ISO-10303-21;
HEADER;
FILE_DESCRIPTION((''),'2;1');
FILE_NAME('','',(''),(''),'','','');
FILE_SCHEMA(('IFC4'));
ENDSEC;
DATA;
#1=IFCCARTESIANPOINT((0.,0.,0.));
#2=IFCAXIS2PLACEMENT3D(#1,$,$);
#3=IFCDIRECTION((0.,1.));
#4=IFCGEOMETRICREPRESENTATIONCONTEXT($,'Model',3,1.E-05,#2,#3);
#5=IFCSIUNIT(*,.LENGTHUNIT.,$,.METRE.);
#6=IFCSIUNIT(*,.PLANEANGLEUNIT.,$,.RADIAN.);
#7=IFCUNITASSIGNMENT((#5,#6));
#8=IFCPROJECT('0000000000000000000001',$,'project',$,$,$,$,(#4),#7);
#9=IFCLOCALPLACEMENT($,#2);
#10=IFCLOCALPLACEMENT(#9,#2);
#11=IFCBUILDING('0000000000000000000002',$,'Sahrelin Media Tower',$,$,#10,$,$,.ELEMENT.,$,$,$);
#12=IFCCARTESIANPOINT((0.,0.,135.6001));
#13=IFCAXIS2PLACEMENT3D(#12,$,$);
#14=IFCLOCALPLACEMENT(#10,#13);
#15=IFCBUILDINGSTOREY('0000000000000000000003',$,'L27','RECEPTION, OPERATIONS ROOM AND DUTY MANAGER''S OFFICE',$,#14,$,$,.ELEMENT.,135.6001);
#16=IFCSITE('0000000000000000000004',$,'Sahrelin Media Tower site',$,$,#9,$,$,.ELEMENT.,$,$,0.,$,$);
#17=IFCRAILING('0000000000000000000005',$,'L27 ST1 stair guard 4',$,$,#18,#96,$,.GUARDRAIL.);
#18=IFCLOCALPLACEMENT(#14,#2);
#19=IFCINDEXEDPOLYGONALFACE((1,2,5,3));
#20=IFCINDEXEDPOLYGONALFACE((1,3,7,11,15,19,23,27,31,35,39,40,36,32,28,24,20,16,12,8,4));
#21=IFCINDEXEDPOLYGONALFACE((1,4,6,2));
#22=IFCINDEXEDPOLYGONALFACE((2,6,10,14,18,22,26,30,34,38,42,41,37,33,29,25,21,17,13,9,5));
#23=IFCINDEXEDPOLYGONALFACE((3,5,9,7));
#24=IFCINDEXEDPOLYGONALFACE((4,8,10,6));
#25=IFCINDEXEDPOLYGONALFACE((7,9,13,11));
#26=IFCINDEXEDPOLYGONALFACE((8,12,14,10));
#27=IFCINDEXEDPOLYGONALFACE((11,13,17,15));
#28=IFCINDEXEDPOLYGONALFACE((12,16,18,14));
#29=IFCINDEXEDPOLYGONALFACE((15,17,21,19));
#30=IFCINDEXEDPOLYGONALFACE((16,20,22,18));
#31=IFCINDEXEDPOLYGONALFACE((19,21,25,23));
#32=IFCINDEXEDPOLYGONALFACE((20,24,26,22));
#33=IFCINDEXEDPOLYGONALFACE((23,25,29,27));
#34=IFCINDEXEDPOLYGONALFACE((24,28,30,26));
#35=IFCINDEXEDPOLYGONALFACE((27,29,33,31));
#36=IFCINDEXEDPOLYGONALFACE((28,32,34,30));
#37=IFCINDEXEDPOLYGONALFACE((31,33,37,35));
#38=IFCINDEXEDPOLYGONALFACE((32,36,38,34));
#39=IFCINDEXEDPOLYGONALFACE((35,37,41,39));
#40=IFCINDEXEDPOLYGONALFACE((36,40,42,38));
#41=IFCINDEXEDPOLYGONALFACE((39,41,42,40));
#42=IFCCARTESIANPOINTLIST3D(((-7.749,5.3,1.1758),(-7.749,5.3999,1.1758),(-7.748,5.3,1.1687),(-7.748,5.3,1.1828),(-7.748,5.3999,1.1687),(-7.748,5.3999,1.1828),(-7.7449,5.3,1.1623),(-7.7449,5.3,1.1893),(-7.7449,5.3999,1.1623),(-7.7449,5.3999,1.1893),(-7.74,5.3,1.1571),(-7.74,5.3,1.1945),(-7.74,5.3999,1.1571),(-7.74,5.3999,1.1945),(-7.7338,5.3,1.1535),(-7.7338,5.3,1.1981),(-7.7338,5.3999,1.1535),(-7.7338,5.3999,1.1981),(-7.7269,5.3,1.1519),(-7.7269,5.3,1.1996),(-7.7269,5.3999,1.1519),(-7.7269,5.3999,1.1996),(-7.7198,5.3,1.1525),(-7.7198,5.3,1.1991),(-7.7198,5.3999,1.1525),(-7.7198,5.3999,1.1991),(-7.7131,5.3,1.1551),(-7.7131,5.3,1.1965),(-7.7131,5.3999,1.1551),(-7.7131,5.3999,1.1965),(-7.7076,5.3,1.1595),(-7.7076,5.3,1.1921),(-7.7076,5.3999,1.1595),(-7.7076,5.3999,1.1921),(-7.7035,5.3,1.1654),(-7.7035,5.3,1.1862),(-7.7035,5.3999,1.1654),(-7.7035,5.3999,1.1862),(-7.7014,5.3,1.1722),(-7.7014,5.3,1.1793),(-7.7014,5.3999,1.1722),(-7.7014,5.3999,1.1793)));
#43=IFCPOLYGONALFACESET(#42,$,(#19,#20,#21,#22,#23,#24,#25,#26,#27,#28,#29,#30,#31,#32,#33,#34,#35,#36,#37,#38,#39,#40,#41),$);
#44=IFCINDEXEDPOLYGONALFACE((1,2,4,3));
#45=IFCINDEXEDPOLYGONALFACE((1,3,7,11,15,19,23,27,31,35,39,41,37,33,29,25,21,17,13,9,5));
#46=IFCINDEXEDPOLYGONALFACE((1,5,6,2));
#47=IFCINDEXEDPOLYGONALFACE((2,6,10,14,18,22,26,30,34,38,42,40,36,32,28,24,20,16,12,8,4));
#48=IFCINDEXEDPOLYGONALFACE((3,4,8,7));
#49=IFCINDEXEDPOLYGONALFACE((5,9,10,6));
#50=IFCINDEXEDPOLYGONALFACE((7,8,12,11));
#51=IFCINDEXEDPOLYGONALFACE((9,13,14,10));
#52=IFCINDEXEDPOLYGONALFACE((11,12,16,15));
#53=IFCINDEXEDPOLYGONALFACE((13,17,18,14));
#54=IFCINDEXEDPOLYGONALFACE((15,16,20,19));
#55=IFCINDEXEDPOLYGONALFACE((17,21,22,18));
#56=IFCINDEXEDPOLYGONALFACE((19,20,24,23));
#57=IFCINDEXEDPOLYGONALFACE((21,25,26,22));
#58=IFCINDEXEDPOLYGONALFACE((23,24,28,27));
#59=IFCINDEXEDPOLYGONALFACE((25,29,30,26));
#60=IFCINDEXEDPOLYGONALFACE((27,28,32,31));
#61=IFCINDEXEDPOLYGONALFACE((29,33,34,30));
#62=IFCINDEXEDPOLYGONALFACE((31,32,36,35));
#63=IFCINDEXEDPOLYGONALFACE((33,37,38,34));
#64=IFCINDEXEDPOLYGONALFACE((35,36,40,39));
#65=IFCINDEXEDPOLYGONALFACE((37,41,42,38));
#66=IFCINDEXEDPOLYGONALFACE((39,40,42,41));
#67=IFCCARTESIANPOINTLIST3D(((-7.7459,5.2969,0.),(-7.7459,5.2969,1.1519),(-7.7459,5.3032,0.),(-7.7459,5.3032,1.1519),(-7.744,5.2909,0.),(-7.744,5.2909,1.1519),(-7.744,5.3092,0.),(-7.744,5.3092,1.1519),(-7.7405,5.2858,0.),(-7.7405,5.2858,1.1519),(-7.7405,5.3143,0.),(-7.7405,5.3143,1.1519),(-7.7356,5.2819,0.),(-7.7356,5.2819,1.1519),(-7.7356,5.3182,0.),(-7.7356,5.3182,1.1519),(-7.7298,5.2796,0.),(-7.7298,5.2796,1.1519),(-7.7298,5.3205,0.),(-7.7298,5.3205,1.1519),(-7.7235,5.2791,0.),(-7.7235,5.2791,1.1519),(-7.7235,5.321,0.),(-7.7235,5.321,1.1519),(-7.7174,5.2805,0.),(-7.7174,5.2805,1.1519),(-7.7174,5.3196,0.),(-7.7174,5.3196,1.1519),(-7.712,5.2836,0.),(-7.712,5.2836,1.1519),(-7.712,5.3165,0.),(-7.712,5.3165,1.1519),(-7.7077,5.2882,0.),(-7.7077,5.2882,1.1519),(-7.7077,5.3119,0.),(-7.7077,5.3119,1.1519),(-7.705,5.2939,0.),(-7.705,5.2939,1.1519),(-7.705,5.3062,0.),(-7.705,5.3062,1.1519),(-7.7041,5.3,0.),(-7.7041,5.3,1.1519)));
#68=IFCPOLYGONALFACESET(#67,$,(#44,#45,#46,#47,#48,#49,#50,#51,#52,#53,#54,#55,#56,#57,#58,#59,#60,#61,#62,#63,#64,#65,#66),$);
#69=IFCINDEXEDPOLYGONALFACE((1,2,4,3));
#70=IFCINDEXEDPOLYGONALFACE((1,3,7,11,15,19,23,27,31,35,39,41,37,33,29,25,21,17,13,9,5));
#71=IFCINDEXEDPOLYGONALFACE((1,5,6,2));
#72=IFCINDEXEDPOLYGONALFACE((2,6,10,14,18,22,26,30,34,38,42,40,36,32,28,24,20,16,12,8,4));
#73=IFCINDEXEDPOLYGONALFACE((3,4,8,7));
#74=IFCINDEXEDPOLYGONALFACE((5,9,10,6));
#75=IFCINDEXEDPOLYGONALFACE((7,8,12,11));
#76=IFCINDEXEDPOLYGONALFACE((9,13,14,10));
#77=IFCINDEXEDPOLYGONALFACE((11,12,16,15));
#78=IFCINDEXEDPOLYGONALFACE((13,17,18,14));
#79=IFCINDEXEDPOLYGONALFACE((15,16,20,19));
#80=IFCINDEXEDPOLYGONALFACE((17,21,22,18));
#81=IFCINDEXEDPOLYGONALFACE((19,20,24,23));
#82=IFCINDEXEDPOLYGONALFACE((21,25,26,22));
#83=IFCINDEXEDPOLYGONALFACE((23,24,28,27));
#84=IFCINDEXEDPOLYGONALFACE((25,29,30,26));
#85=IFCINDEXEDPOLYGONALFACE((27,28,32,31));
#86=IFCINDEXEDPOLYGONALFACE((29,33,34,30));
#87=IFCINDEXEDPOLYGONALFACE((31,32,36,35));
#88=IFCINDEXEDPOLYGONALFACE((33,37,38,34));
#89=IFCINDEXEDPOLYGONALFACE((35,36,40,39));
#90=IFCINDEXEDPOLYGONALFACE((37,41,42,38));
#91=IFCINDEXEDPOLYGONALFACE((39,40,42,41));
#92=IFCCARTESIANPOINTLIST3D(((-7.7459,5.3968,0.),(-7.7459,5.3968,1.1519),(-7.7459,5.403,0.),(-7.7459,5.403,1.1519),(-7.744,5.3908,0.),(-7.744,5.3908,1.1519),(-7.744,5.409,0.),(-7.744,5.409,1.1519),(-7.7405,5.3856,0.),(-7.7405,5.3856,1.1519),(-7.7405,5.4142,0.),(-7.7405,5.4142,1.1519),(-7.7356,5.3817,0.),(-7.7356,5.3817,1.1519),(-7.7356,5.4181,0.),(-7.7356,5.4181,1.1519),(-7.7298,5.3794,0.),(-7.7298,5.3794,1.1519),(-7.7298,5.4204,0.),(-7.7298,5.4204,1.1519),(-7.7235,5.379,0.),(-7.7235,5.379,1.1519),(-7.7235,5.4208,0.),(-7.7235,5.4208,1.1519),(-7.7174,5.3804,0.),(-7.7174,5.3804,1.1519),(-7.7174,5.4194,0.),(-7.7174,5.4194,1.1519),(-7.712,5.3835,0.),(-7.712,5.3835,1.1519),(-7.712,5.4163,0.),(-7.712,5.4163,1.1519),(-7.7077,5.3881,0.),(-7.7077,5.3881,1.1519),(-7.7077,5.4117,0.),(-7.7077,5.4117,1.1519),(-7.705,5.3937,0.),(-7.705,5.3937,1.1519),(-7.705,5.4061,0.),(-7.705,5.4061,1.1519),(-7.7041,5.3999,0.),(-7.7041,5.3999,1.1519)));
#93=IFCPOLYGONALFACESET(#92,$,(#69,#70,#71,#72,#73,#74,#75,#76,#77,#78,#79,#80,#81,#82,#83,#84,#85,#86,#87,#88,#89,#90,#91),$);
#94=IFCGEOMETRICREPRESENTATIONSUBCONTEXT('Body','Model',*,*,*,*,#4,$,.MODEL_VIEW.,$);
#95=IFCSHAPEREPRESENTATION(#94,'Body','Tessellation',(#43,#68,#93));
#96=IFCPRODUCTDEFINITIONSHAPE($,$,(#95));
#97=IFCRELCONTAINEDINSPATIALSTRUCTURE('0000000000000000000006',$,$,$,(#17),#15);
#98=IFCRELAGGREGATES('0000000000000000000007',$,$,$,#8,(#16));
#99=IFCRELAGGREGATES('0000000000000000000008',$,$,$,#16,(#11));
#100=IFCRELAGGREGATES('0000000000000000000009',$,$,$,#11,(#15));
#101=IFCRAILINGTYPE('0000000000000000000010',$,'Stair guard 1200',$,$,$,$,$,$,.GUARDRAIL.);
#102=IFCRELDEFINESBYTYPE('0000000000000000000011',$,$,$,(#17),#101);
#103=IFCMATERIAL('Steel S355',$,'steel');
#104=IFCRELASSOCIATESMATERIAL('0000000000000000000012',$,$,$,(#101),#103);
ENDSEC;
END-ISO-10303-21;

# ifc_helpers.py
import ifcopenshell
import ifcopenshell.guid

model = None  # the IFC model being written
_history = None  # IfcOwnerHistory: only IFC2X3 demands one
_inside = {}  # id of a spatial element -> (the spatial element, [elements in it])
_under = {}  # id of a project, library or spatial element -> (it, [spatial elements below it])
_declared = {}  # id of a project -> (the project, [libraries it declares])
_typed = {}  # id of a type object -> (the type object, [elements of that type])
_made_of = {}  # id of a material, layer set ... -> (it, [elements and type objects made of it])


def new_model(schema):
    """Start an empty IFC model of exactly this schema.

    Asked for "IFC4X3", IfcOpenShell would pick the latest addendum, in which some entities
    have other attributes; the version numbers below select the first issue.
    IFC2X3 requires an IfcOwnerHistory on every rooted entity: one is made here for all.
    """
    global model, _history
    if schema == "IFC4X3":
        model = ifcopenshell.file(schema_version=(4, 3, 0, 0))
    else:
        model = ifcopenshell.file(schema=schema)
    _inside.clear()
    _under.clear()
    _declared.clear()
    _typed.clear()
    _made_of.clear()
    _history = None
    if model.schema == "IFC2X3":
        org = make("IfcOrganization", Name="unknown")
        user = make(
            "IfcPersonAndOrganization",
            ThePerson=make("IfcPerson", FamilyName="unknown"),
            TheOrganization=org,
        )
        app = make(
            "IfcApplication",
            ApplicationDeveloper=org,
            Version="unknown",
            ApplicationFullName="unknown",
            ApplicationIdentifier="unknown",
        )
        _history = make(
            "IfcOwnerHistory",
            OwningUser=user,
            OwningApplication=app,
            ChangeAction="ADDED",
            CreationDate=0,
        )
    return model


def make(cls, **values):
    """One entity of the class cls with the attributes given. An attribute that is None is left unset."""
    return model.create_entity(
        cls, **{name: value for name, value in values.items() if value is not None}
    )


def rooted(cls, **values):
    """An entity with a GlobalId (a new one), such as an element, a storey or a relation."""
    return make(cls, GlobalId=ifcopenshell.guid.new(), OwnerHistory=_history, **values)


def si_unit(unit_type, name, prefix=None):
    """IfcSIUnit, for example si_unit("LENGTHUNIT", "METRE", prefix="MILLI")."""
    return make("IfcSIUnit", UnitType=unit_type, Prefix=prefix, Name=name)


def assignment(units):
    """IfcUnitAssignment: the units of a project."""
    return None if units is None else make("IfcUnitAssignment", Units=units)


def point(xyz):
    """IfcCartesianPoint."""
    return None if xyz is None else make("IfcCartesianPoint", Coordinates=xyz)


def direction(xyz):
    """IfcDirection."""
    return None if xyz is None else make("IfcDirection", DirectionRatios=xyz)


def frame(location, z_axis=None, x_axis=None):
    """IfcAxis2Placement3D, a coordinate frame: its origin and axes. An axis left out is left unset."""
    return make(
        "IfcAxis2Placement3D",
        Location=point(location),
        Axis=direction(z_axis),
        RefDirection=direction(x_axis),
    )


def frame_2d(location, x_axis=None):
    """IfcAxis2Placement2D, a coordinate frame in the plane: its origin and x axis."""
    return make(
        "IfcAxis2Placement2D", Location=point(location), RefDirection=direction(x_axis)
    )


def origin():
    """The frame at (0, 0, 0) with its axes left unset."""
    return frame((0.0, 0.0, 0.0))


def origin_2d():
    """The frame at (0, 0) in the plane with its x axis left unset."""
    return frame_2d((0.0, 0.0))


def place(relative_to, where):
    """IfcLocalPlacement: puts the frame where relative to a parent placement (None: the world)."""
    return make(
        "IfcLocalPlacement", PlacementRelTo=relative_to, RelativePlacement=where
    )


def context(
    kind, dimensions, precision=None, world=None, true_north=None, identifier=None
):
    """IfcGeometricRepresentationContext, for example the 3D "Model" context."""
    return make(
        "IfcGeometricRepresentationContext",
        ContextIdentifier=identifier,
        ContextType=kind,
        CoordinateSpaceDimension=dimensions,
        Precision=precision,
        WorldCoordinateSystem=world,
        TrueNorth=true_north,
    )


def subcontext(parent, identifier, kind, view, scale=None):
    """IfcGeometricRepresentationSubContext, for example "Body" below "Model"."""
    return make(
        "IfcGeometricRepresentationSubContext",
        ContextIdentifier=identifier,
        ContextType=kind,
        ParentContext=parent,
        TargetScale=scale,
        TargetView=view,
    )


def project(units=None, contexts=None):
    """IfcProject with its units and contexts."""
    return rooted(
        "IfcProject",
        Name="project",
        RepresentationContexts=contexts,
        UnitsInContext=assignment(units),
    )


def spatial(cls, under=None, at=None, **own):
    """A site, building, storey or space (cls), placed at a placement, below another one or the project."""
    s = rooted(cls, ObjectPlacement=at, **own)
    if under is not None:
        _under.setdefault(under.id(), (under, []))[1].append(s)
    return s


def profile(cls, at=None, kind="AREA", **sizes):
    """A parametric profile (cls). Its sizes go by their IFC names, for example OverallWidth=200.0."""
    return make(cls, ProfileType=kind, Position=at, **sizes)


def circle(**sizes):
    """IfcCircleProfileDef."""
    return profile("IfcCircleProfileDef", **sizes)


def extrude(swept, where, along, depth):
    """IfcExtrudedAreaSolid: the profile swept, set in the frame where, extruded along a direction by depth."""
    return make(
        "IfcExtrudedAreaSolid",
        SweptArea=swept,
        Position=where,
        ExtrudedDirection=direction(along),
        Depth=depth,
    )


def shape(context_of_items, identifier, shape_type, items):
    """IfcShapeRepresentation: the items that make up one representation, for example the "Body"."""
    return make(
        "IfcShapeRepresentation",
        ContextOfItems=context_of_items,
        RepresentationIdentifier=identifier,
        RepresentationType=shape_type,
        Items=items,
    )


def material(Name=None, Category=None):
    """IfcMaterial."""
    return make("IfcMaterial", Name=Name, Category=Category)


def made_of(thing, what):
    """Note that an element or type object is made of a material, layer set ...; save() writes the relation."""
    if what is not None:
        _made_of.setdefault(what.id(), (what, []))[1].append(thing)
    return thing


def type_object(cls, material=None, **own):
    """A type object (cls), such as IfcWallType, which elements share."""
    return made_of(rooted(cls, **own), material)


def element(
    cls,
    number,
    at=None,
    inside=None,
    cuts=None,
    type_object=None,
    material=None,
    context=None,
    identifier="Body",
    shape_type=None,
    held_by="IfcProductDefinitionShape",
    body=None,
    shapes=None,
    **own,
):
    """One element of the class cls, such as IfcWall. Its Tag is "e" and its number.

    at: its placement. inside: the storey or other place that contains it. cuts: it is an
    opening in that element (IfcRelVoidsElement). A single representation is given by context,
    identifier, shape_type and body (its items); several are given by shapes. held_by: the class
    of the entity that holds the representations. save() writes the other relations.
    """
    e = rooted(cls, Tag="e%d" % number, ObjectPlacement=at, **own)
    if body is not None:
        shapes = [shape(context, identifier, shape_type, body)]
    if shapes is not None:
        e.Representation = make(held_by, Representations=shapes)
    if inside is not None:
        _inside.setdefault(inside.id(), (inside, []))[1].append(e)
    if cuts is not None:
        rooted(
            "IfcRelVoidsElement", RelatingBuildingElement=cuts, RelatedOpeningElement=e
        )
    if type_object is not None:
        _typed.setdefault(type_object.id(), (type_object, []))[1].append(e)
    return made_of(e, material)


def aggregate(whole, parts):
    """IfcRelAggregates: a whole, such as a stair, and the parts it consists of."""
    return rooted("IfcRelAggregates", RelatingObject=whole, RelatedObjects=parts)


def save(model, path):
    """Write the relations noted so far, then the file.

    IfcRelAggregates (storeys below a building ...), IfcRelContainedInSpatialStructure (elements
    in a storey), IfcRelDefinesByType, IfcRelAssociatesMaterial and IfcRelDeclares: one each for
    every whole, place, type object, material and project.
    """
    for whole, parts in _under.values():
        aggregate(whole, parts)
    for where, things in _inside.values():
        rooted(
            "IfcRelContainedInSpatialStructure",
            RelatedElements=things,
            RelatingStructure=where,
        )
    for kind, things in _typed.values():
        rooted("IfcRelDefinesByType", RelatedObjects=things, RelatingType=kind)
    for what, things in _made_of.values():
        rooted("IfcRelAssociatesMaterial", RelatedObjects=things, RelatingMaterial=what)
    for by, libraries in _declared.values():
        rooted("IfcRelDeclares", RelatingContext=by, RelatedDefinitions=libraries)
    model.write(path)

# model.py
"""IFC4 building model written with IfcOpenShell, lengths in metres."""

from ifc_helpers import new_model, si_unit, direction, frame, origin, origin_2d, place, context, subcontext, project, spatial, circle, extrude, material, type_object, element, save


model = new_model("IFC4")

# Units and contexts
model_context = context("Model", 3, precision=1e-05, world=origin(), true_north=direction((0.0, 1.0)))
body_context = subcontext(model_context, "Body", "Model", "MODEL_VIEW")
ifc_project = project(units=[si_unit("LENGTHUNIT", "METRE"), si_unit("PLANEANGLEUNIT", "RADIAN")], contexts=[model_context])

# Site, building, storey
site_placement = place(None, origin())
site = spatial("IfcSite", under=ifc_project, at=site_placement, Name="Sahrelin Media Tower site", CompositionType="ELEMENT", RefElevation=0.0)
building_placement = place(site_placement, origin())
building = spatial("IfcBuilding", under=site, at=building_placement, Name="Sahrelin Media Tower", CompositionType="ELEMENT")
storey_placement = place(building_placement, frame((0.0, 0.0, 135.6001)))
storey = spatial("IfcBuildingStorey", under=building, at=storey_placement, Name="L27", Description="RECEPTION, OPERATIONS ROOM AND DUTY MANAGER'S OFFICE", CompositionType="ELEMENT", Elevation=135.6001)

# Shared definitions
ifc_material_1 = material(Name="Steel S355", Category="steel")

# Railing
railing_type_1 = type_object("IfcRailingType", Name="Stair guard 1200", PredefinedType="GUARDRAIL", material=ifc_material_1)
railing_1_placement = place(storey_placement, frame((-7.7251, 5.3, 0.0)))
element("IfcRailing", 1, at=railing_1_placement, inside=storey, type_object=railing_type_1, Name="L27 ST1 stair guard 4", PredefinedType="GUARDRAIL", context=body_context, shape_type="SweptSolid", body=[
    extrude(circle(Radius=0.0239, at=origin_2d()), frame((0.0, 0.0, 1.1758), z_axis=(0.0, 1.0, 0.0), x_axis=(-1.0, 0.0, 0.0)), (0.0, 0.0, 1.0), 0.0999),
    extrude(circle(Radius=0.021, at=origin_2d()), origin(), (0.0, 0.0, 1.0), 1.1519),
    extrude(circle(Radius=0.021, at=origin_2d()), frame((0.0, 0.0999, 0.0)), (0.0, 0.0, 1.0), 1.1519),
])

save(model, "model.ifc")
